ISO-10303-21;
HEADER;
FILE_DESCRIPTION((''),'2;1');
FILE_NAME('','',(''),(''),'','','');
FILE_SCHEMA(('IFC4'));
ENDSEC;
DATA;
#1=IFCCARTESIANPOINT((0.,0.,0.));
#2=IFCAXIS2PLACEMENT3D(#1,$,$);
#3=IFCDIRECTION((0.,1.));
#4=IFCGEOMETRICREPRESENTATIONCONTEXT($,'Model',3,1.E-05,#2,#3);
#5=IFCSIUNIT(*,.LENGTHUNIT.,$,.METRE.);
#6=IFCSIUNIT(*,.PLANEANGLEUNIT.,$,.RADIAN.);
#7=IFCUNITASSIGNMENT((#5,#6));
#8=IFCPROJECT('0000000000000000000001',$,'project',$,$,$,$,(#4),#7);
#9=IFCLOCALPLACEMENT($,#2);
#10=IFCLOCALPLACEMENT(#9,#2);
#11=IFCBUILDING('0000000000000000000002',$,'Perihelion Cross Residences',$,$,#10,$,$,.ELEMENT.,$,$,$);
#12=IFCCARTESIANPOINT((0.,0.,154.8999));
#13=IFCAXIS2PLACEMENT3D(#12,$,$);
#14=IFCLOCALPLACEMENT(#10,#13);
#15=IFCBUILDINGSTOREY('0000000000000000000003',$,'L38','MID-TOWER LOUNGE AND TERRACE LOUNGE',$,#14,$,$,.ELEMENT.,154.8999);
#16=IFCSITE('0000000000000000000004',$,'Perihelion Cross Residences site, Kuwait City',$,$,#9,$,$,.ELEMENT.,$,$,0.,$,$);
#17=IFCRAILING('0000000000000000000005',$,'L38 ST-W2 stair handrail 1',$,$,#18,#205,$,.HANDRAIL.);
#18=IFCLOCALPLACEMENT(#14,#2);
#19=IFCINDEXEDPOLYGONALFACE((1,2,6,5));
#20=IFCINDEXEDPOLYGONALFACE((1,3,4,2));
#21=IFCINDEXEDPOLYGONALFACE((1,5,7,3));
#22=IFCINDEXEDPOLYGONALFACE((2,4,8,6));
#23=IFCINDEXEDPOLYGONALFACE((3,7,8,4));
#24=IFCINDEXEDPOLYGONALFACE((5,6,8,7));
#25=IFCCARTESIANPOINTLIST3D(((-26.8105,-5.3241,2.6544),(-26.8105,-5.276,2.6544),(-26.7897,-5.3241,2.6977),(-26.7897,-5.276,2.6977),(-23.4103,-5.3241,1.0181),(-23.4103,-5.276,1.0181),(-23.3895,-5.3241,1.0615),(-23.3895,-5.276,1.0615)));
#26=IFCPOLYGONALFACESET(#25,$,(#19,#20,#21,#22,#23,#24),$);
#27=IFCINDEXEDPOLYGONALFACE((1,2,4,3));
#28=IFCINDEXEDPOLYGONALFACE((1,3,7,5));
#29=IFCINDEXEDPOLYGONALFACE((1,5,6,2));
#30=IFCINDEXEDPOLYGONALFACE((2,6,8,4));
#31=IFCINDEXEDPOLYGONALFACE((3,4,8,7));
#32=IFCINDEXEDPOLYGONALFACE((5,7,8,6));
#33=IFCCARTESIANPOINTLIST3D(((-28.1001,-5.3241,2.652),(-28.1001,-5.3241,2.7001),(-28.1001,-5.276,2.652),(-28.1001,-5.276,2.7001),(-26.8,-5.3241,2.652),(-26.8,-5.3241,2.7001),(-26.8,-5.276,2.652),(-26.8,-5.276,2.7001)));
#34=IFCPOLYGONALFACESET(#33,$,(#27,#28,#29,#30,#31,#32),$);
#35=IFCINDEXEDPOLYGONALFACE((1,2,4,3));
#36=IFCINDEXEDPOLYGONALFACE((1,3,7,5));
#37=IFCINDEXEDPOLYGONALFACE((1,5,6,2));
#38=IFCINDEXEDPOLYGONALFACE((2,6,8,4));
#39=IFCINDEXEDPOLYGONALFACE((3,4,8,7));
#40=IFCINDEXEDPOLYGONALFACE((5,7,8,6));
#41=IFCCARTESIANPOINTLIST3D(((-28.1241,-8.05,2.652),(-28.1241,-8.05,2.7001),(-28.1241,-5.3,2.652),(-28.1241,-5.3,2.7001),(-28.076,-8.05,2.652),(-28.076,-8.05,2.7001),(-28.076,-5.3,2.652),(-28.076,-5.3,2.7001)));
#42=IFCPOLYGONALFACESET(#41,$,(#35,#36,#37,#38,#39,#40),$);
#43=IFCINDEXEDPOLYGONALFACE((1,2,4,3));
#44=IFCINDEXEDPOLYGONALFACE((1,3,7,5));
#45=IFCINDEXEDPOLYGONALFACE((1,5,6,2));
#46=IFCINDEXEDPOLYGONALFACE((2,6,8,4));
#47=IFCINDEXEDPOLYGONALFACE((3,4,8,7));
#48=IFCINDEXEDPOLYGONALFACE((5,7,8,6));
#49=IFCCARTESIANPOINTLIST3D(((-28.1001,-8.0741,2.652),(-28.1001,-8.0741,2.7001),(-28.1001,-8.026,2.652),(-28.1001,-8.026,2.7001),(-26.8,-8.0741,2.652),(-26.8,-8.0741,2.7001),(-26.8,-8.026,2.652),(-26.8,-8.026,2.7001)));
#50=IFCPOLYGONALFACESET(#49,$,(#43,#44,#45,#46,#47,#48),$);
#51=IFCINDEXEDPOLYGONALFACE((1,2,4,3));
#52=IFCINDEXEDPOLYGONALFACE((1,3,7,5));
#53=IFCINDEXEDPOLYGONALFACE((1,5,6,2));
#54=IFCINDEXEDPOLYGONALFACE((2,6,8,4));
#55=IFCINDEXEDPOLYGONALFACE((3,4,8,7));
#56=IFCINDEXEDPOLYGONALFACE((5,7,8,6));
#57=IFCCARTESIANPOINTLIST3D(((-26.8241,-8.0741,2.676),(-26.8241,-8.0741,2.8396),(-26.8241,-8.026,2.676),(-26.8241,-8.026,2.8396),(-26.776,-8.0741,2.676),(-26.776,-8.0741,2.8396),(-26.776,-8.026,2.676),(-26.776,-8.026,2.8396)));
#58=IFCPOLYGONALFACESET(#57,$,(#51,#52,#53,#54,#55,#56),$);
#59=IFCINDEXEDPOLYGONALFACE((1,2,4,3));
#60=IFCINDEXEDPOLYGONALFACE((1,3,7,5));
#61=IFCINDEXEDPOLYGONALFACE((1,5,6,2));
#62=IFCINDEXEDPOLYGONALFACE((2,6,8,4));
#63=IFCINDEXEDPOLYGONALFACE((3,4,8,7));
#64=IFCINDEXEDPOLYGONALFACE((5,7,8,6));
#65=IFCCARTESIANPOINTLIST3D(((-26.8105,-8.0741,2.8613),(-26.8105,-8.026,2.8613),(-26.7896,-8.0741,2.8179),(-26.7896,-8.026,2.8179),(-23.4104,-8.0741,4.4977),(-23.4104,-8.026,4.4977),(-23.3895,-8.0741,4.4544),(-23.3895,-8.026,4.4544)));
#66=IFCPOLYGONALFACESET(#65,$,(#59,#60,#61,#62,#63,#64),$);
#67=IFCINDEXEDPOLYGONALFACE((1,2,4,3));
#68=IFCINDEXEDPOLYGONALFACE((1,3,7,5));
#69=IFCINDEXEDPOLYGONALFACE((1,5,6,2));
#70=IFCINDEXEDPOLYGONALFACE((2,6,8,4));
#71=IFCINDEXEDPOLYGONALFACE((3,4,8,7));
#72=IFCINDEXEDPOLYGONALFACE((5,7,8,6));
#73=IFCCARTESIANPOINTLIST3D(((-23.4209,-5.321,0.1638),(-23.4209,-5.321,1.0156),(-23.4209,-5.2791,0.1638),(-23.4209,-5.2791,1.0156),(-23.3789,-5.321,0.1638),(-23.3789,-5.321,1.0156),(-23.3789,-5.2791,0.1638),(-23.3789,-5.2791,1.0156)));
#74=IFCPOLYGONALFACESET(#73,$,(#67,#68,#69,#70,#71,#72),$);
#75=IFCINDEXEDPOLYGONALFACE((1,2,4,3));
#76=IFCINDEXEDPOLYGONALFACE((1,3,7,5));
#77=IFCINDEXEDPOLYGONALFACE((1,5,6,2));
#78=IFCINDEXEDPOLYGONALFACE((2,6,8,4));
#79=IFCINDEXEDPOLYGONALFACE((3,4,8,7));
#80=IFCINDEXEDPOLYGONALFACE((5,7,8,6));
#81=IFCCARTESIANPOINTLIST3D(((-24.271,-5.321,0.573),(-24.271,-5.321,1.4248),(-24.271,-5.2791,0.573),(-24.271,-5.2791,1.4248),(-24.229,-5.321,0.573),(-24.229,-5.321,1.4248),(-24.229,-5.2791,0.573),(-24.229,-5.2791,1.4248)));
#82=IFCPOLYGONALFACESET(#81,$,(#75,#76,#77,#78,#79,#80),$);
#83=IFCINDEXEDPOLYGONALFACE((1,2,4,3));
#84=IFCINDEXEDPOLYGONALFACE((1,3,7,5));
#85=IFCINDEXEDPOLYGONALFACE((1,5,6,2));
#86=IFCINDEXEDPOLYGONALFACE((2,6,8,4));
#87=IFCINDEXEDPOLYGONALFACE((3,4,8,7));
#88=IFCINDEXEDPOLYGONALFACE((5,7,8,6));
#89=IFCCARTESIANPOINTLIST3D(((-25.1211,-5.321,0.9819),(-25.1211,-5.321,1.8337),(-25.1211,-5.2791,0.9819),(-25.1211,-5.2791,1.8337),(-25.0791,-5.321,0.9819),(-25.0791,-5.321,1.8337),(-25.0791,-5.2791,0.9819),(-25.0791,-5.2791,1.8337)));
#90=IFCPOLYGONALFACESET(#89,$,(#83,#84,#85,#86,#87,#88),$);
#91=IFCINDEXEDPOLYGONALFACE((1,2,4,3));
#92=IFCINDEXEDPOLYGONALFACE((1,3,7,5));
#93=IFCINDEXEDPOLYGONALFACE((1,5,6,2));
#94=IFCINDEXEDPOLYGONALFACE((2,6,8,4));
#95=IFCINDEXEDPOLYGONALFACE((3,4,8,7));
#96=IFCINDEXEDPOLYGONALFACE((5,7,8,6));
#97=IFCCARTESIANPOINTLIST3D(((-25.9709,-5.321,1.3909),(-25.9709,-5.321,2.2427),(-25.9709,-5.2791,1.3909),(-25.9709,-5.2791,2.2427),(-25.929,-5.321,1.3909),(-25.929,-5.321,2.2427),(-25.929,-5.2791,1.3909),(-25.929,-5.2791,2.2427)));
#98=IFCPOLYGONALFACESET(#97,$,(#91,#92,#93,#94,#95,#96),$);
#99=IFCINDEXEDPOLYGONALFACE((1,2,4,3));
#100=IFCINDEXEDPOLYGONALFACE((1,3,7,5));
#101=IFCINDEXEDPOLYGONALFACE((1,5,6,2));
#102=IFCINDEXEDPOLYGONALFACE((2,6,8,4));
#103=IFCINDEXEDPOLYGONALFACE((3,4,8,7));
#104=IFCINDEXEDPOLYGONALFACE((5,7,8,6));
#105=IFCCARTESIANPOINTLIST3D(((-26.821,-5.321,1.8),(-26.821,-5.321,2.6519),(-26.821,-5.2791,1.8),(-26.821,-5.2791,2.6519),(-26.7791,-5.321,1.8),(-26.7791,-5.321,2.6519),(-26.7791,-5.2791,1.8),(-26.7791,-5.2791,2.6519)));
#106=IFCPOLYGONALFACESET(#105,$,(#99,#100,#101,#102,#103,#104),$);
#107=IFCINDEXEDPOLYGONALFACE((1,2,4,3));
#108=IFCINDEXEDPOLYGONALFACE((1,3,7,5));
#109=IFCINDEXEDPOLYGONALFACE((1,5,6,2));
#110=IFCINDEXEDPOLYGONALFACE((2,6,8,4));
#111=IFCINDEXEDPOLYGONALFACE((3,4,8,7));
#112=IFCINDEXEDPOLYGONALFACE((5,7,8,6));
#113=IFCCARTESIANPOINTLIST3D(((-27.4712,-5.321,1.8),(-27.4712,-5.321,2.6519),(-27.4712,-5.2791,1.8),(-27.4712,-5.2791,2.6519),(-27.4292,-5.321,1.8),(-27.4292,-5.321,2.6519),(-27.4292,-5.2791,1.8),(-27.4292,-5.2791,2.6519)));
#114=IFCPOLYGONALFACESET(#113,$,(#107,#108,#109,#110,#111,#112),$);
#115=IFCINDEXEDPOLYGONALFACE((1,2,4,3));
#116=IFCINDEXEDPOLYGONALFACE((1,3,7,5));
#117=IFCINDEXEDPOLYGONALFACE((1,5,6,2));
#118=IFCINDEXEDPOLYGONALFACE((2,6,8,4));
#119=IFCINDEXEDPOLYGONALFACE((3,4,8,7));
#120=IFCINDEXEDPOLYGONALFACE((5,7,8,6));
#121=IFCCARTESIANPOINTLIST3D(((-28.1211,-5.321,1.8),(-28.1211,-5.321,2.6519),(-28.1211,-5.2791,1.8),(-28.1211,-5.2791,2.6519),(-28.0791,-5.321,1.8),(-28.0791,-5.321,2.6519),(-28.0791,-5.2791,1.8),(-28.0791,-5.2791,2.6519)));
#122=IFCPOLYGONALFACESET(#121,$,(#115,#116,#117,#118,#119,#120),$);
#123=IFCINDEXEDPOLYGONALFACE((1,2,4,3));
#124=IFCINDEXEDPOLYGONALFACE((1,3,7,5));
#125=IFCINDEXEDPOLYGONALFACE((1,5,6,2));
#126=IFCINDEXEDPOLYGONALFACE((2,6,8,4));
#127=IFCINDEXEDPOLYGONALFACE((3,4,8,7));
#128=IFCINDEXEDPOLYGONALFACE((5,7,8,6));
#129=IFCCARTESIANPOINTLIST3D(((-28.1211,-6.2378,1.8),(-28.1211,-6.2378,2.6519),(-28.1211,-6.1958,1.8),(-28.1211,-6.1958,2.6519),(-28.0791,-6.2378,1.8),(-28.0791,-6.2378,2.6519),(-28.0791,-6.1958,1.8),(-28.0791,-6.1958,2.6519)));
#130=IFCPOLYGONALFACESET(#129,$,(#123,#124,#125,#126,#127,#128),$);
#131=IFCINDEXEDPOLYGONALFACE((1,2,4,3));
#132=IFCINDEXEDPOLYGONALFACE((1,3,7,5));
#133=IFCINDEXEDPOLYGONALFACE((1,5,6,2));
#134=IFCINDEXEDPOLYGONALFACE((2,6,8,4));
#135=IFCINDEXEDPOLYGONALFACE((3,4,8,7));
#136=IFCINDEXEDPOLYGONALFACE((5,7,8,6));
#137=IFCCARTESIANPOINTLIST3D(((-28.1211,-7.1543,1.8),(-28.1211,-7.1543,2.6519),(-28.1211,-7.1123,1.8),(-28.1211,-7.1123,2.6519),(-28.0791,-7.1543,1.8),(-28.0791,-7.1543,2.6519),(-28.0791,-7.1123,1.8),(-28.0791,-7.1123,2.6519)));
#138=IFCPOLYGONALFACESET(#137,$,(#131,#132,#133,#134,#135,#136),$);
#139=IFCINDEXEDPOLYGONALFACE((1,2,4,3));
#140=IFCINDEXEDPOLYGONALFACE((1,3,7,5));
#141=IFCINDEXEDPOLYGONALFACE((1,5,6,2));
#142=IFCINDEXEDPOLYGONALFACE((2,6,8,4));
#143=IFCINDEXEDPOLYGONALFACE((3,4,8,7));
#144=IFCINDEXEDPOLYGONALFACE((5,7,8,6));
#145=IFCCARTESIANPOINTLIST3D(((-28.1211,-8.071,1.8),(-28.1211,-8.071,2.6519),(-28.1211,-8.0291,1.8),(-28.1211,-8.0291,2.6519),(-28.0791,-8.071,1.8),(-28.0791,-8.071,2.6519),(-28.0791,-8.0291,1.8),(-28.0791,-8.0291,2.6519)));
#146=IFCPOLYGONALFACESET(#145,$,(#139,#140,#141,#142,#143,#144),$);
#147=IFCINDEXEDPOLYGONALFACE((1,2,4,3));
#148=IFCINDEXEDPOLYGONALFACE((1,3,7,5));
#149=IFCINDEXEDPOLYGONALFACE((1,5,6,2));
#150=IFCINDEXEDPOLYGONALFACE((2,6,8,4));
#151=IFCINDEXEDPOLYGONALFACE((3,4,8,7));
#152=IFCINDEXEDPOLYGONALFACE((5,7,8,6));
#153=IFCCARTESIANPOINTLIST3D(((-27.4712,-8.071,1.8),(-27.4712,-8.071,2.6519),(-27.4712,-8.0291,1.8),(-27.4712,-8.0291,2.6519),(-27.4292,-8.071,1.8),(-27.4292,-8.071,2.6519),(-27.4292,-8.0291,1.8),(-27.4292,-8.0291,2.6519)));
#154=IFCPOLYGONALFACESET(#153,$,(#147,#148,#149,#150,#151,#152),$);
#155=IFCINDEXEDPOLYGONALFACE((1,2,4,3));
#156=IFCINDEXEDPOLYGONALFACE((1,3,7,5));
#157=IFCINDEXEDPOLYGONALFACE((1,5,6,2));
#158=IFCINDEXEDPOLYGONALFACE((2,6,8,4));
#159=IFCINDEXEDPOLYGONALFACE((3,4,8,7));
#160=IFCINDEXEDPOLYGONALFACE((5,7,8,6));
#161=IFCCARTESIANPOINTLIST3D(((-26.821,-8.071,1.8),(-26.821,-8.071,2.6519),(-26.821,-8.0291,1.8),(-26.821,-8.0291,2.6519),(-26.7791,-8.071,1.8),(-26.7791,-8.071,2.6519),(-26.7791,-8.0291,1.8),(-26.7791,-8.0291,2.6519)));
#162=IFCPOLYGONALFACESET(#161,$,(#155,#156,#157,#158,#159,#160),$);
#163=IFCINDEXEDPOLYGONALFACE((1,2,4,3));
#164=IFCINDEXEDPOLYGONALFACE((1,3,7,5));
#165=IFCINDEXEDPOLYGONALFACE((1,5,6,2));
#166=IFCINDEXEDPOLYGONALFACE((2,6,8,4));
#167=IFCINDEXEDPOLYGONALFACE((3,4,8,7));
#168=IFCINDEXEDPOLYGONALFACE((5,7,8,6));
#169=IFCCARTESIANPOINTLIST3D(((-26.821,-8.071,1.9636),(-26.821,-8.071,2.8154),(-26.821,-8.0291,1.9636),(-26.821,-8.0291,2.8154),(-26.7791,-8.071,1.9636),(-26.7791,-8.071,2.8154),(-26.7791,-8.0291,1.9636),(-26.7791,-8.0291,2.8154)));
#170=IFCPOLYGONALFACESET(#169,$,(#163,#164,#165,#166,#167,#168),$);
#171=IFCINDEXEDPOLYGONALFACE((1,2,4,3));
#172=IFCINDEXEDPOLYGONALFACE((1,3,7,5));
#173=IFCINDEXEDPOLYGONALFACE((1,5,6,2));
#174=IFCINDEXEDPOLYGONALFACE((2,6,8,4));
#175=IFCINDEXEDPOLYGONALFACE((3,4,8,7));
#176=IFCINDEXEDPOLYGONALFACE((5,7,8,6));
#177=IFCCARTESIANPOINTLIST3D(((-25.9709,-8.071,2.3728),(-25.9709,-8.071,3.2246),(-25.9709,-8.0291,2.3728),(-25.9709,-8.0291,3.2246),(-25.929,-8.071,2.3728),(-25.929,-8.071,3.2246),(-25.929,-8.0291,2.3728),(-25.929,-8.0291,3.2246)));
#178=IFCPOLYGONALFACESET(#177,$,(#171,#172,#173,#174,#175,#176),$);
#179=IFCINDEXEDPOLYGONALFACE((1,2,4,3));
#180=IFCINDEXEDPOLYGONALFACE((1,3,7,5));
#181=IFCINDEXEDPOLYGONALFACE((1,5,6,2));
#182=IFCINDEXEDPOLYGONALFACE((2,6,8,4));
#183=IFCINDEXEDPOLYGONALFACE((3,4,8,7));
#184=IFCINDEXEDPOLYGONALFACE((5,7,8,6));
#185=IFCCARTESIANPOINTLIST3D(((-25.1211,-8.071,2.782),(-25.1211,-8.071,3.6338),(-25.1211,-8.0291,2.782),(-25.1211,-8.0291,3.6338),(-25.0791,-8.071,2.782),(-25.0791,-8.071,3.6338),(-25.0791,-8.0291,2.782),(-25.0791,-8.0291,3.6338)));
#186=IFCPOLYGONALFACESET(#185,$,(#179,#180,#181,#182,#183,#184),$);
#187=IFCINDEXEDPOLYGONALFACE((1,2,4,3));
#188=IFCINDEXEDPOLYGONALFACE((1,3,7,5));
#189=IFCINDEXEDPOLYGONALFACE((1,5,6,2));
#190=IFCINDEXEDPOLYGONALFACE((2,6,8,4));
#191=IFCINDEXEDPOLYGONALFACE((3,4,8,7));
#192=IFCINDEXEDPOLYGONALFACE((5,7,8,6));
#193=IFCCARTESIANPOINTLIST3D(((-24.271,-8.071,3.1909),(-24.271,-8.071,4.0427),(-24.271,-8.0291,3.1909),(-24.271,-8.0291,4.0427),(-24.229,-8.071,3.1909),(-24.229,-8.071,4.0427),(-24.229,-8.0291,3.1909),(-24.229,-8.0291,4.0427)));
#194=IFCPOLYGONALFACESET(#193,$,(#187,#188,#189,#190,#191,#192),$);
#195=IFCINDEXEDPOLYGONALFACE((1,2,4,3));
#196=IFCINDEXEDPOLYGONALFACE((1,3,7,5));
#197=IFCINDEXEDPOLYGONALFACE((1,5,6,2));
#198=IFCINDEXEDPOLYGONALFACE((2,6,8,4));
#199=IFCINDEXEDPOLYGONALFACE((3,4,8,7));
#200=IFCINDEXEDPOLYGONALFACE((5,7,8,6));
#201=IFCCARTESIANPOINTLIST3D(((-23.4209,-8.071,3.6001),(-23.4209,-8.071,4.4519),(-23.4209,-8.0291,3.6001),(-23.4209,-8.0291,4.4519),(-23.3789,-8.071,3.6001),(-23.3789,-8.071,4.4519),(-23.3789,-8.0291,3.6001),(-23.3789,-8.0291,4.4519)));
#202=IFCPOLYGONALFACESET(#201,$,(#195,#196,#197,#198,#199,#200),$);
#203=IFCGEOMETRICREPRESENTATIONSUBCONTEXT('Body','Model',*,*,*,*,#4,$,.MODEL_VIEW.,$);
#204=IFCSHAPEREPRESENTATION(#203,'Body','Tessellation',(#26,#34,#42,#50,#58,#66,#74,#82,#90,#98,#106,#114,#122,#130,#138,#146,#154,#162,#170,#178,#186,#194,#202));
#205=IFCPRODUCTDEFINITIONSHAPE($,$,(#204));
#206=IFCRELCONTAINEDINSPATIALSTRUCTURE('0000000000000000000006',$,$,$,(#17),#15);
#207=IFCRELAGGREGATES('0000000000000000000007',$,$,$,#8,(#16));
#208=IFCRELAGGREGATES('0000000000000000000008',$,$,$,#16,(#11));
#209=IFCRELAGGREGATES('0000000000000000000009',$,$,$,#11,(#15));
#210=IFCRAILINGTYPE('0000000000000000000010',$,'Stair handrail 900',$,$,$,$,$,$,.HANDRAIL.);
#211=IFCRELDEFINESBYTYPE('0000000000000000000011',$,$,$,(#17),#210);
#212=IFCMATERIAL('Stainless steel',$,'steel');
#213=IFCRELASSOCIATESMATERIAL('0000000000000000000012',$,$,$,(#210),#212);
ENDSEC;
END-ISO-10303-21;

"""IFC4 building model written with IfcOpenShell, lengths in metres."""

from ifc_helpers import new_model, si_unit, direction, frame, origin, origin_2d, place, context, subcontext, project, spatial, rectangle, extrude, material, type_object, element, save


model = new_model("IFC4")

# Units and contexts
model_context = context("Model", 3, precision=1e-05, world=origin(), true_north=direction((0.0, 1.0)))
body_context = subcontext(model_context, "Body", "Model", "MODEL_VIEW")
ifc_project = project(units=[si_unit("LENGTHUNIT", "METRE"), si_unit("PLANEANGLEUNIT", "RADIAN")], contexts=[model_context])

# Site, building, storey
site_placement = place(None, origin())
site = spatial("IfcSite", under=ifc_project, at=site_placement, Name="Perihelion Cross Residences site, Kuwait City", CompositionType="ELEMENT", RefElevation=0.0)
building_placement = place(site_placement, origin())
building = spatial("IfcBuilding", under=site, at=building_placement, Name="Perihelion Cross Residences", CompositionType="ELEMENT")
storey_placement = place(building_placement, frame((0.0, 0.0, 154.8999)))
storey = spatial("IfcBuildingStorey", under=building, at=storey_placement, Name="L38", Description="MID-TOWER LOUNGE AND TERRACE LOUNGE", CompositionType="ELEMENT", Elevation=154.8999)

# Railing
ifc_material_1 = material(Name="Stainless steel", Category="steel")
railing_type_1 = type_object("IfcRailingType", Name="Stair handrail 900", PredefinedType="HANDRAIL", material=ifc_material_1)
railing_1_placement = place(storey_placement, frame((-23.3999, -5.3, 0.1638)))
element("IfcRailing", 1, at=railing_1_placement, inside=storey, type_object=railing_type_1, Name="L38 ST-W2 stair handrail 1", PredefinedType="HANDRAIL", context=body_context, shape_type="SweptSolid", body=[
    extrude(rectangle(XDim=0.0481, YDim=0.0481, at=origin_2d()), frame((0.0, 0.0, 0.876), z_axis=(-0.901093, 0.0, 0.433627), x_axis=(0.0, -1.0, 0.0)), (0.0, 0.0, 1.0), 3.7734),
    extrude(rectangle(XDim=0.0481, YDim=0.0481, at=origin_2d()), frame((-3.4001, 0.0, 2.5122), z_axis=(-1.0, 0.0, 0.0), x_axis=(0.0, -1.0, 0.0)), (0.0, 0.0, 1.0), 1.3),
    extrude(rectangle(XDim=0.0481, YDim=0.0481, at=origin_2d()), frame((-4.7002, 0.0, 2.5122), z_axis=(0.0, -1.0, 0.0), x_axis=(1.0, 0.0, 0.0)), (0.0, 0.0, 1.0), 2.75),
    extrude(rectangle(XDim=0.0481, YDim=0.0481, at=origin_2d()), frame((-4.7002, -2.75, 2.5122), z_axis=(1.0, 0.0, 0.0), x_axis=(0.0, 1.0, 0.0)), (0.0, 0.0, 1.0), 1.3),
    extrude(rectangle(XDim=0.0481, YDim=0.0481, at=origin_2d()), frame((-3.4001, -2.75, 2.5122), z_axis=(0.0, 0.0, 1.0), x_axis=(1.0, 0.0, 0.0)), (0.0, 0.0, 1.0), 0.1636),
    extrude(rectangle(XDim=0.0481, YDim=0.0481, at=origin_2d()), frame((-3.4001, -2.75, 2.6758), z_axis=(0.901067, 0.0, 0.433679), x_axis=(0.0, 1.0, 0.0)), (0.0, 0.0, 1.0), 3.7734),
    extrude(rectangle(XDim=0.042, YDim=0.042, at=origin_2d()), origin(), (0.0, 0.0, 1.0), 0.8518),
    extrude(rectangle(XDim=0.042, YDim=0.042, at=origin_2d()), frame((-0.8501, 0.0, 0.4092)), (0.0, 0.0, 1.0), 0.8518),
    extrude(rectangle(XDim=0.042, YDim=0.042, at=origin_2d()), frame((-1.7002, 0.0, 0.8181)), (0.0, 0.0, 1.0), 0.8518),
    extrude(rectangle(XDim=0.042, YDim=0.042, at=origin_2d()), frame((-2.55, 0.0, 1.2271)), (0.0, 0.0, 1.0), 0.8518),
    extrude(rectangle(XDim=0.042, YDim=0.042, at=origin_2d()), frame((-3.4001, 0.0, 1.6362)), (0.0, 0.0, 1.0), 0.8518),
    extrude(rectangle(XDim=0.042, YDim=0.042, at=origin_2d()), frame((-4.0503, 0.0, 1.6362)), (0.0, 0.0, 1.0), 0.8518),
    extrude(rectangle(XDim=0.042, YDim=0.042, at=origin_2d()), frame((-4.7002, 0.0, 1.6362)), (0.0, 0.0, 1.0), 0.8518),
    extrude(rectangle(XDim=0.042, YDim=0.042, at=origin_2d()), frame((-4.7002, -0.9167, 1.6362)), (0.0, 0.0, 1.0), 0.8518),
    extrude(rectangle(XDim=0.042, YDim=0.042, at=origin_2d()), frame((-4.7002, -1.8333, 1.6362)), (0.0, 0.0, 1.0), 0.8518),
    extrude(rectangle(XDim=0.042, YDim=0.042, at=origin_2d()), frame((-4.7002, -2.75, 1.6362)), (0.0, 0.0, 1.0), 0.8518),
    extrude(rectangle(XDim=0.042, YDim=0.042, at=origin_2d()), frame((-4.0503, -2.75, 1.6362)), (0.0, 0.0, 1.0), 0.8518),
    extrude(rectangle(XDim=0.042, YDim=0.042, at=origin_2d()), frame((-3.4001, -2.75, 1.6362)), (0.0, 0.0, 1.0), 0.8518),
    extrude(rectangle(XDim=0.042, YDim=0.042, at=origin_2d()), frame((-3.4001, -2.75, 1.7998)), (0.0, 0.0, 1.0), 0.8518),
    extrude(rectangle(XDim=0.042, YDim=0.042, at=origin_2d()), frame((-2.55, -2.75, 2.209)), (0.0, 0.0, 1.0), 0.8518),
    extrude(rectangle(XDim=0.042, YDim=0.042, at=origin_2d()), frame((-1.7002, -2.75, 2.6182)), (0.0, 0.0, 1.0), 0.8518),
    extrude(rectangle(XDim=0.042, YDim=0.042, at=origin_2d()), frame((-0.8501, -2.75, 3.0271)), (0.0, 0.0, 1.0), 0.8518),
    extrude(rectangle(XDim=0.042, YDim=0.042, at=origin_2d()), frame((0.0, -2.75, 3.4363)), (0.0, 0.0, 1.0), 0.8518),
])

save(model, "model.ifc")
